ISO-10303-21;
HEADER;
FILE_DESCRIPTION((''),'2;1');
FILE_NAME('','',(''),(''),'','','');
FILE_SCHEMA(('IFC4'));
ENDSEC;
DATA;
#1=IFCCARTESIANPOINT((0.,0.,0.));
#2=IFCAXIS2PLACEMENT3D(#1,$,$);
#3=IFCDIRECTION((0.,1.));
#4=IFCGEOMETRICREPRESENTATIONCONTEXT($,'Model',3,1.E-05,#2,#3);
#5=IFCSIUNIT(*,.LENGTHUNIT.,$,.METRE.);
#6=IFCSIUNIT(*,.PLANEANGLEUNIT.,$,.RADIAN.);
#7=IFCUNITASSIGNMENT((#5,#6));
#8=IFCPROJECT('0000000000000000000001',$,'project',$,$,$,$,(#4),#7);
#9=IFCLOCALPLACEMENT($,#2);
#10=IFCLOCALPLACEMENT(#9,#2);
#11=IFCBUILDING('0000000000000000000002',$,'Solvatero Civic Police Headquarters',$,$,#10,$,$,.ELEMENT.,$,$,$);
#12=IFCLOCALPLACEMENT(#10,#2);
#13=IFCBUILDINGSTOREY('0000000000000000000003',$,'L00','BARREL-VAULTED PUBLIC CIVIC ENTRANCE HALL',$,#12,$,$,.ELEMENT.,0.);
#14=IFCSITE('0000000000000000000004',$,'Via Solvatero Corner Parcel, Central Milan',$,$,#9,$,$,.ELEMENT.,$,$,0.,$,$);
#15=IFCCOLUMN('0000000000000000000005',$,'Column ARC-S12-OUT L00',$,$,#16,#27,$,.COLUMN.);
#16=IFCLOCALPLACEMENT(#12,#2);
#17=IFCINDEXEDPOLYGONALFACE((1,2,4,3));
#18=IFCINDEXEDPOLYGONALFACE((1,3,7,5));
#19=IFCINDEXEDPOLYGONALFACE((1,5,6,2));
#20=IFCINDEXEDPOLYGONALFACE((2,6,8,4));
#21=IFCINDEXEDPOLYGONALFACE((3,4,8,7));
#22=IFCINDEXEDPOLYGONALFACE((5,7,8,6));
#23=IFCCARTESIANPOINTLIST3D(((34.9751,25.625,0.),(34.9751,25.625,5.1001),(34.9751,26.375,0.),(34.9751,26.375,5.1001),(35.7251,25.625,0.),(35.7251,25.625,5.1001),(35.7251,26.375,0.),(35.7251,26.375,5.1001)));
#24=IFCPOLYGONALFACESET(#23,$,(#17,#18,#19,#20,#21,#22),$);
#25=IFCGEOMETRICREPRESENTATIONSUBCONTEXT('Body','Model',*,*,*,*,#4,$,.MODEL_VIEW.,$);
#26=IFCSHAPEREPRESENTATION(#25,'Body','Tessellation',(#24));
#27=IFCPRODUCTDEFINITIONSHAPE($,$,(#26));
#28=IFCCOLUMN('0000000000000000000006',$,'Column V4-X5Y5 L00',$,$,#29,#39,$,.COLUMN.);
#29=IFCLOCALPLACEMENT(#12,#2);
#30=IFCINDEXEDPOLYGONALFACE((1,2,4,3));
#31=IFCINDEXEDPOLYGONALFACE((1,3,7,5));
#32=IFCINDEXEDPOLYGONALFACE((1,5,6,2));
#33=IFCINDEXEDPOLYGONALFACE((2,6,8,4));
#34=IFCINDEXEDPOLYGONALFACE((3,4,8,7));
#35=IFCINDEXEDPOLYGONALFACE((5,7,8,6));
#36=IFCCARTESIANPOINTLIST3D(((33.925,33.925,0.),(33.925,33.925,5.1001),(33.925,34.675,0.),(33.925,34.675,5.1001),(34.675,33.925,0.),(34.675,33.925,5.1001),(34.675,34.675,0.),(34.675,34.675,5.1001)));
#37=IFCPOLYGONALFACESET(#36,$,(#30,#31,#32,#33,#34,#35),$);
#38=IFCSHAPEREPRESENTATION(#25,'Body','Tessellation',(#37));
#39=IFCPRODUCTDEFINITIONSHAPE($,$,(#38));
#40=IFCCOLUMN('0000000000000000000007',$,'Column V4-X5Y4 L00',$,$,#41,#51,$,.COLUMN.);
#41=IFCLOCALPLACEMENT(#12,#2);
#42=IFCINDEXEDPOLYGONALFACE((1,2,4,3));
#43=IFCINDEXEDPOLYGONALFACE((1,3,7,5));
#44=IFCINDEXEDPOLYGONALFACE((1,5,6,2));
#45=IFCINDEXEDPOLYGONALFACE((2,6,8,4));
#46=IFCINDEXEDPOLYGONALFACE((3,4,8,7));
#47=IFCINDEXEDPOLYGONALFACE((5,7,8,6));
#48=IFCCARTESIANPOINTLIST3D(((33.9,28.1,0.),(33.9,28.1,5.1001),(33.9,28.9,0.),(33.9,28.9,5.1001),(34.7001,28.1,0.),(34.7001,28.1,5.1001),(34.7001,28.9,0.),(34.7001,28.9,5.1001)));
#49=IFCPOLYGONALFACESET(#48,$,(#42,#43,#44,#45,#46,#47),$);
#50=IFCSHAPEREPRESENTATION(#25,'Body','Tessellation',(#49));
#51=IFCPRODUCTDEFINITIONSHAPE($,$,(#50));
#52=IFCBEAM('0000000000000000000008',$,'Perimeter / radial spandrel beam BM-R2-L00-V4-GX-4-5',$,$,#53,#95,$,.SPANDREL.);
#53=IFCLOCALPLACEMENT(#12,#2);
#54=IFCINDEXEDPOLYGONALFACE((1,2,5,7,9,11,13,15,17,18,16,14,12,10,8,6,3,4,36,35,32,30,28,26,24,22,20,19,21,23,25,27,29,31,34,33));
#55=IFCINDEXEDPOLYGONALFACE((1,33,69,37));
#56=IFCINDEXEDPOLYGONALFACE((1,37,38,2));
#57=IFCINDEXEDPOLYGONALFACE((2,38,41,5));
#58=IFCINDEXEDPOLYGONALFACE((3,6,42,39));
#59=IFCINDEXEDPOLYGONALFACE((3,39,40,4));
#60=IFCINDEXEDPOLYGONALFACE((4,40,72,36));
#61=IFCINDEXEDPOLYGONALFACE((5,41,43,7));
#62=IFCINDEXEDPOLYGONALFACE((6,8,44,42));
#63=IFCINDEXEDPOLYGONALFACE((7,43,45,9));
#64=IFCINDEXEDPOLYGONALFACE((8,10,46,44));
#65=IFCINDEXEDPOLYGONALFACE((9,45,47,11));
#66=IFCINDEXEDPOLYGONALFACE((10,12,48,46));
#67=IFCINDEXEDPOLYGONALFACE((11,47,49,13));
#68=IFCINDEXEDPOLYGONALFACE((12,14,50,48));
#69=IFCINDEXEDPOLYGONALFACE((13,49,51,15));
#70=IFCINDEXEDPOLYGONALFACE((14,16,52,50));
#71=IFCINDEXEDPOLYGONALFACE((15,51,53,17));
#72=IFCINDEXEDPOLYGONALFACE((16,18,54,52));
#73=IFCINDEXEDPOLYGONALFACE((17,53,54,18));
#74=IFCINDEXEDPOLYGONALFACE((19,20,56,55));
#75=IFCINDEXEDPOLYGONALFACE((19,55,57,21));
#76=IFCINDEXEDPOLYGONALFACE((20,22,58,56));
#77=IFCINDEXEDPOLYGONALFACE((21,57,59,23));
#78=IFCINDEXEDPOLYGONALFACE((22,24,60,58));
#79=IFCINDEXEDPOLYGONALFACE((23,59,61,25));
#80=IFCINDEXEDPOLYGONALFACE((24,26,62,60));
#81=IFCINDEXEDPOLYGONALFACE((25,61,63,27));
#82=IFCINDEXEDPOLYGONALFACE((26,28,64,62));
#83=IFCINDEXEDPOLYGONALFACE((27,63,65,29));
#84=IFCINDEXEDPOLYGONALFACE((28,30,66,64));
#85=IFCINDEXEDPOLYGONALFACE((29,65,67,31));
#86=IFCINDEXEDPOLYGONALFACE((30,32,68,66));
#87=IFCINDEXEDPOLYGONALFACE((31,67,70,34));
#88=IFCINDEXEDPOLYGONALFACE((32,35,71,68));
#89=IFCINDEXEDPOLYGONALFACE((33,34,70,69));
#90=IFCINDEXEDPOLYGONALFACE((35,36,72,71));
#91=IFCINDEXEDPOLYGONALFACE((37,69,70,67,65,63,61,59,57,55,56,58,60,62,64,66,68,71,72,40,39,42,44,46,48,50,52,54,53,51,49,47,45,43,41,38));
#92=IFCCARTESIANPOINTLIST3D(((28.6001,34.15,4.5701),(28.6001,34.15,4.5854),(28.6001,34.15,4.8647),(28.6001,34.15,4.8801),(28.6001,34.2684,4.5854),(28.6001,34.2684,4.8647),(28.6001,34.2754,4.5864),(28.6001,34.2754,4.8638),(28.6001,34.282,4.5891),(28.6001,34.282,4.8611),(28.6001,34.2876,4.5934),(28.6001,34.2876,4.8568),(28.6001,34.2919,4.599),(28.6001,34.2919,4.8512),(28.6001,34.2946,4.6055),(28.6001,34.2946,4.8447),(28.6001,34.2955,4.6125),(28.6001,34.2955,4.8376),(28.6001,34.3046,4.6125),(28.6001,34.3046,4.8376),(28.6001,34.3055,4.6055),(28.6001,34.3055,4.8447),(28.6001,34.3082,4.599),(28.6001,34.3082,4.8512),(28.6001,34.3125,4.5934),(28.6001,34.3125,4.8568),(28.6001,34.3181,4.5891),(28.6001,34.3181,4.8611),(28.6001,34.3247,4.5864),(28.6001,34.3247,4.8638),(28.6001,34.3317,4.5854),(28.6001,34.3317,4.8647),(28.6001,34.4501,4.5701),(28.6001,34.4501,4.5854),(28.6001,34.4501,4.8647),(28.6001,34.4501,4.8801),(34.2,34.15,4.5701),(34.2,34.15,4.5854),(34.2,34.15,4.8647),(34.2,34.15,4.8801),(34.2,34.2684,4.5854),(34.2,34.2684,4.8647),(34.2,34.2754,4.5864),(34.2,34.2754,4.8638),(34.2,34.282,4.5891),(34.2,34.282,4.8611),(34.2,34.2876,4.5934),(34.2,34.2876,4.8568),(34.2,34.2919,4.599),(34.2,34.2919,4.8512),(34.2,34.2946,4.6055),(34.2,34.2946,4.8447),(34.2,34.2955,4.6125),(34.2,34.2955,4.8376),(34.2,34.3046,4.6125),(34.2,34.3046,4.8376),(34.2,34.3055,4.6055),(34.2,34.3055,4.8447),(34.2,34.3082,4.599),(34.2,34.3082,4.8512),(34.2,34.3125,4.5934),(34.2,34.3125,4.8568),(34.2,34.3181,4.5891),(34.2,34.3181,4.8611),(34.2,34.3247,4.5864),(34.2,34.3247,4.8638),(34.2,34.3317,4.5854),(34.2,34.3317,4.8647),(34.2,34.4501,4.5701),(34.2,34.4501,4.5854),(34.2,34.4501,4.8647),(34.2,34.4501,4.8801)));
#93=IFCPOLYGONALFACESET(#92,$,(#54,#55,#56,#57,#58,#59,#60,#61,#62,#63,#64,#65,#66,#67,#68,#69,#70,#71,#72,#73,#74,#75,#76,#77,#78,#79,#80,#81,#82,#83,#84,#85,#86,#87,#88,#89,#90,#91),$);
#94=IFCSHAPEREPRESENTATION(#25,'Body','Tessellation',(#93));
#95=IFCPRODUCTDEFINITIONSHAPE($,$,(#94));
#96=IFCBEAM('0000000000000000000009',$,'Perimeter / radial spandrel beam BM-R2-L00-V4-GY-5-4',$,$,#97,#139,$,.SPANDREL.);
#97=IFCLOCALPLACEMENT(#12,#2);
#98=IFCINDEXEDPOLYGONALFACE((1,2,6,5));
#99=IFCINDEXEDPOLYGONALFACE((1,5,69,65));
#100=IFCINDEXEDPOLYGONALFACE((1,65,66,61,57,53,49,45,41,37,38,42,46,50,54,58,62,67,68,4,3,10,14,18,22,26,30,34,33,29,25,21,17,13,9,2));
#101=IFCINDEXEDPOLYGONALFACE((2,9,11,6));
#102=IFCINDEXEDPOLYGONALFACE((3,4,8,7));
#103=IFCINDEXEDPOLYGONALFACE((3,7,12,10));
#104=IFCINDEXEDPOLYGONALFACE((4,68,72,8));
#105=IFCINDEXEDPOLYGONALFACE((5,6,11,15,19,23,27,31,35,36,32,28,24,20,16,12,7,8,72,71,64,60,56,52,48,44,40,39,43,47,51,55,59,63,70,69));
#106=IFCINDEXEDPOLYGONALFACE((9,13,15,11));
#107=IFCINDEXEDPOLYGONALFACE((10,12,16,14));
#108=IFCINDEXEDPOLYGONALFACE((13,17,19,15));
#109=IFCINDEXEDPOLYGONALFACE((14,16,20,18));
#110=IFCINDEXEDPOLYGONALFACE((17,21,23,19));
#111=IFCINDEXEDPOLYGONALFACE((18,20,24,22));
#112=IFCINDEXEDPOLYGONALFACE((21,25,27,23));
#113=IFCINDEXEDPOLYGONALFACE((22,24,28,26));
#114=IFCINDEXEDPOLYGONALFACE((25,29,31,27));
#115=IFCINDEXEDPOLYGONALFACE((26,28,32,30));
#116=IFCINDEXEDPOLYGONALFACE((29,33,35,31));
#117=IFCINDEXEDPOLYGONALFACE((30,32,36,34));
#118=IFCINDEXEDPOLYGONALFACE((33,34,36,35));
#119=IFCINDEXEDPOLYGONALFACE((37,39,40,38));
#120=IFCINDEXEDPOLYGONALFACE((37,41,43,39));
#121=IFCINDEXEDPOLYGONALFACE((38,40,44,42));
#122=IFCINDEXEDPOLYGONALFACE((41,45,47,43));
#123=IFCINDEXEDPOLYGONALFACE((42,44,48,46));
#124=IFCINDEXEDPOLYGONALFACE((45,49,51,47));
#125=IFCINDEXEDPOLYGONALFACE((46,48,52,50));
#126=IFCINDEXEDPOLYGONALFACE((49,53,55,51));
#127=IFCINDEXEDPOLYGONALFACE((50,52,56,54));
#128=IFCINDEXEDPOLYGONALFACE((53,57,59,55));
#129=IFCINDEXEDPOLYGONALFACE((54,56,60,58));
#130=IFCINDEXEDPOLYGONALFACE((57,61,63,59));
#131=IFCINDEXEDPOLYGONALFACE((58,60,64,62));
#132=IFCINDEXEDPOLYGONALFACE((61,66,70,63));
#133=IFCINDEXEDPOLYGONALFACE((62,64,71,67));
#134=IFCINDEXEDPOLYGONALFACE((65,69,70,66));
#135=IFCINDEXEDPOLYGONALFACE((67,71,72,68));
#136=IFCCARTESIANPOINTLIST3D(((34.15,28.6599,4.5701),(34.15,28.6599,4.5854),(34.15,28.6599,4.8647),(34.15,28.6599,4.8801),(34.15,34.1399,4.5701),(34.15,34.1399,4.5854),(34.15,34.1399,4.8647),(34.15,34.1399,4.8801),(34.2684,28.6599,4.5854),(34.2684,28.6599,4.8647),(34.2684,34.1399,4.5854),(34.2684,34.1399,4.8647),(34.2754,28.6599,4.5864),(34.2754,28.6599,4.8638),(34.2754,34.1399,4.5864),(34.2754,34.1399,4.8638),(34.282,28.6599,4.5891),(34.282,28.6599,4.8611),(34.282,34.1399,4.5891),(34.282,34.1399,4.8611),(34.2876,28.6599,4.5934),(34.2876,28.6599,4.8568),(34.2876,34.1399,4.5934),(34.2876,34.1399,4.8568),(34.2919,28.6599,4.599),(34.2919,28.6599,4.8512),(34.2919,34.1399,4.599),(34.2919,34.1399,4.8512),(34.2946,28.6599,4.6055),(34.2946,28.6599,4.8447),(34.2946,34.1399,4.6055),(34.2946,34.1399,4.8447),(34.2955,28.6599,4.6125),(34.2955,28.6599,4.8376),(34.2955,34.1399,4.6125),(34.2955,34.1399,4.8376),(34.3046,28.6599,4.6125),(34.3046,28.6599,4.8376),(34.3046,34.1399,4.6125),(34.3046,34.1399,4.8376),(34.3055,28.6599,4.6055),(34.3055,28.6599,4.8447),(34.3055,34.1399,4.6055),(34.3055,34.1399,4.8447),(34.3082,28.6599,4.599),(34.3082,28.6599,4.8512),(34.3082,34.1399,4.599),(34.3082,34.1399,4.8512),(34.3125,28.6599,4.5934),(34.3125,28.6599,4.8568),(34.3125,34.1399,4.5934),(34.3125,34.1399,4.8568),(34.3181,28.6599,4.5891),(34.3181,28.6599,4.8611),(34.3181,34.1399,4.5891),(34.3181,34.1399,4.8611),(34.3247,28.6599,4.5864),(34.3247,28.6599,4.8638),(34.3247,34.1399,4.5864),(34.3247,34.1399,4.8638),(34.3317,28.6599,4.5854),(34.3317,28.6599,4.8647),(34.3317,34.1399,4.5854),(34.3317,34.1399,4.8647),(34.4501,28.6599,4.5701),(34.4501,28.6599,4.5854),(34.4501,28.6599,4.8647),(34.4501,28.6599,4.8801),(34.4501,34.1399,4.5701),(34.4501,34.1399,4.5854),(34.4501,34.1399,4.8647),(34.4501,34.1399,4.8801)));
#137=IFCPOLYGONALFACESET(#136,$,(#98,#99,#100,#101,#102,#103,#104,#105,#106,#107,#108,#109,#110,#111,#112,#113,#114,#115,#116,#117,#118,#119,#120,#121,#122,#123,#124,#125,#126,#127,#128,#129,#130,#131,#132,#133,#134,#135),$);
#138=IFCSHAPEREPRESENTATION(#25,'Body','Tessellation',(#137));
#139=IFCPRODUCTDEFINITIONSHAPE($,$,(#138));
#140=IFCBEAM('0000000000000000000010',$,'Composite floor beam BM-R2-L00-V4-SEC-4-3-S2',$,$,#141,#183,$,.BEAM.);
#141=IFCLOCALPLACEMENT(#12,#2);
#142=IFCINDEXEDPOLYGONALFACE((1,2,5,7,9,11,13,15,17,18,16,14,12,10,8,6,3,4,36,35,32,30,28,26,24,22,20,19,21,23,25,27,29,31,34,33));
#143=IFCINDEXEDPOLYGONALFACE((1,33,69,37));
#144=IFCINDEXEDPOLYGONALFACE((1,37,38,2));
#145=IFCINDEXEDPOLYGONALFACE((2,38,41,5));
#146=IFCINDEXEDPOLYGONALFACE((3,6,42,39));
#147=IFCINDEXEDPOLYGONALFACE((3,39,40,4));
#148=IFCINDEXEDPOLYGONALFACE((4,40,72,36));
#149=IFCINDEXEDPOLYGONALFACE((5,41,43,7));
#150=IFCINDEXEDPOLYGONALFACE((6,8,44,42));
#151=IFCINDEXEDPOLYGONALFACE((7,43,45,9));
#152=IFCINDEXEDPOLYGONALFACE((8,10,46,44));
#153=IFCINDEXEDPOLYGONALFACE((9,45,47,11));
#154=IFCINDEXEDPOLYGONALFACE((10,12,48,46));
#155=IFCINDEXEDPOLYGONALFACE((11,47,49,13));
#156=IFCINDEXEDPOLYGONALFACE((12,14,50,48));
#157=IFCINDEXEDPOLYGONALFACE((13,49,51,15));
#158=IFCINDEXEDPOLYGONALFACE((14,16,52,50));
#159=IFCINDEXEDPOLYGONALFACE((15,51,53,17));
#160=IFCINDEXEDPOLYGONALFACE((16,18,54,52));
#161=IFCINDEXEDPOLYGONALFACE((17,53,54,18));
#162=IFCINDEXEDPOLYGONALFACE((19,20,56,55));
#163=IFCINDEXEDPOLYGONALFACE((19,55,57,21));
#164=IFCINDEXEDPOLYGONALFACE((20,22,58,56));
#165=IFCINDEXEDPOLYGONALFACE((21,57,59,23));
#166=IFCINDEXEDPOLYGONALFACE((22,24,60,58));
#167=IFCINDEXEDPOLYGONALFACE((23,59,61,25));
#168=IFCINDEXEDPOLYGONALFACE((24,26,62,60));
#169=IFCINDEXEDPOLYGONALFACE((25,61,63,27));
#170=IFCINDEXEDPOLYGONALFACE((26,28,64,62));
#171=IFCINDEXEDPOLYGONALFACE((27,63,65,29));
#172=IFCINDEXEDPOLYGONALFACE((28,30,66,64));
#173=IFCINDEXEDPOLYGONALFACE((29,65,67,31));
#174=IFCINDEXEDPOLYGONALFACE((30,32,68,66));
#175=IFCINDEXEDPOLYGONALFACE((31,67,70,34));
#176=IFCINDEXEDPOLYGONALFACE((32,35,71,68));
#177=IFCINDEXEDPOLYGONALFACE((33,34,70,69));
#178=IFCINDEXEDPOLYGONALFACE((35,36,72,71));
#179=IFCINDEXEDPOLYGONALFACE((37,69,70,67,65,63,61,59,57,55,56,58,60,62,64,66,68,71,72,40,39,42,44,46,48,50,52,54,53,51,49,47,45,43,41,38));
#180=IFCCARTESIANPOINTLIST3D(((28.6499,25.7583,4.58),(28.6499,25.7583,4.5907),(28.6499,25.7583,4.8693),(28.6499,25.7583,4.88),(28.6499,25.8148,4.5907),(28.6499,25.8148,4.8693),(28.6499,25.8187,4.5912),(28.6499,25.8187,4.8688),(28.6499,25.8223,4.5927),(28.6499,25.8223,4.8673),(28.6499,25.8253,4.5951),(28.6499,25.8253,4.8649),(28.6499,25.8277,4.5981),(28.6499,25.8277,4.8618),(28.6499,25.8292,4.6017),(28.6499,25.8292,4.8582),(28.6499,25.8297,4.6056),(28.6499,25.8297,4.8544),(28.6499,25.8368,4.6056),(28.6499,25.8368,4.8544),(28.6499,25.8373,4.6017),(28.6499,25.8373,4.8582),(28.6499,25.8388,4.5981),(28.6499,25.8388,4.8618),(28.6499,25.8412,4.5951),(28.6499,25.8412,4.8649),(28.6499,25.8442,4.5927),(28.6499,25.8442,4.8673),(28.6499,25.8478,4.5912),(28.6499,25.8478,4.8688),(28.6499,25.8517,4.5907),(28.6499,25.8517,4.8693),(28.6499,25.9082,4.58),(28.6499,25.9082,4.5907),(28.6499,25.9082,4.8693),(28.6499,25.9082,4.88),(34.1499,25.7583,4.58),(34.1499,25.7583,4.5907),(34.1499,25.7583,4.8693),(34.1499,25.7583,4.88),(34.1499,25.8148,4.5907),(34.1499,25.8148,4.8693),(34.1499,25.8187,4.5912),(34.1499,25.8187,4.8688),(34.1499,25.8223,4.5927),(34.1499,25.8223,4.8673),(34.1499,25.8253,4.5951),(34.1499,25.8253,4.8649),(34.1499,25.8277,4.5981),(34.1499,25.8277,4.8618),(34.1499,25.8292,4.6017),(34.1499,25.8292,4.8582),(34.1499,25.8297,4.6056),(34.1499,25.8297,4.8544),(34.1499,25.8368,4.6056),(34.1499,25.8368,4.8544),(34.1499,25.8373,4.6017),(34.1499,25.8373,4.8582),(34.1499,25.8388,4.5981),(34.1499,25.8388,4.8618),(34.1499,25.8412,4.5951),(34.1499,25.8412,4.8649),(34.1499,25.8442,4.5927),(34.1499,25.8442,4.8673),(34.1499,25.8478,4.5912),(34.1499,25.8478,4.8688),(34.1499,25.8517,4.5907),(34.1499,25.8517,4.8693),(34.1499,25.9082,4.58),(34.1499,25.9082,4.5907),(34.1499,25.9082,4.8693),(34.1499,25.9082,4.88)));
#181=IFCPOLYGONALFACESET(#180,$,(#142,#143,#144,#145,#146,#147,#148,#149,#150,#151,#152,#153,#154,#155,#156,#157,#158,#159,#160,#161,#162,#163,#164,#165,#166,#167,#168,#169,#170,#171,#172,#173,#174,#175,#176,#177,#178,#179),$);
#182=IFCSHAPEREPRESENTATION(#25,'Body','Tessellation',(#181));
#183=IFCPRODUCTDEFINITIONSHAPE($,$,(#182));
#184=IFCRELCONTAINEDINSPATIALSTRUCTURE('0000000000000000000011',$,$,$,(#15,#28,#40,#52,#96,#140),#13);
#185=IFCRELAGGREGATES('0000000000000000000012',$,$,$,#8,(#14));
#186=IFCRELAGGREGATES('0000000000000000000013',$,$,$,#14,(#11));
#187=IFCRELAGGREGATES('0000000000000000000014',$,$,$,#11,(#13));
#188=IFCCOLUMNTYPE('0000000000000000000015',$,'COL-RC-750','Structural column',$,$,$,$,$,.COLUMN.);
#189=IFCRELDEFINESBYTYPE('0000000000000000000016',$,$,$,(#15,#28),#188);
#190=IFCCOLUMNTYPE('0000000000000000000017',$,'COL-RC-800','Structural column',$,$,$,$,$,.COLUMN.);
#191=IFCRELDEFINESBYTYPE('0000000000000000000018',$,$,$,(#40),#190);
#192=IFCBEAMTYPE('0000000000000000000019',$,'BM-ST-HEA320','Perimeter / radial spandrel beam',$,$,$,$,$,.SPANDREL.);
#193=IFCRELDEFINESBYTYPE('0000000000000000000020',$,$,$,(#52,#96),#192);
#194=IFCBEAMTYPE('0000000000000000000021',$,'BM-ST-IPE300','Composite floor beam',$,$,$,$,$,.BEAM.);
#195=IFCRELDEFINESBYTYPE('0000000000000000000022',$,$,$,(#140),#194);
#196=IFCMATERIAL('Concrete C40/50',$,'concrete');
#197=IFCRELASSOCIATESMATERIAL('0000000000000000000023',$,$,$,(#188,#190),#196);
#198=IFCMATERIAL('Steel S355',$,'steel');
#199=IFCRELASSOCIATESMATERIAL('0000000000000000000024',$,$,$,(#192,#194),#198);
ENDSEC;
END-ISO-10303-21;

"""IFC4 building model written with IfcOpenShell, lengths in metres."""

from ifc_helpers import new_model, si_unit, direction, frame, origin, origin_2d, place, context, subcontext, project, spatial, rectangle, i_section, extrude, material, material_profile, profile_set, type_object, element, save


model = new_model("IFC4")

# Units and contexts
model_context = context("Model", 3, precision=1e-05, world=origin(), true_north=direction((0.0, 1.0)))
body_context = subcontext(model_context, "Body", "Model", "MODEL_VIEW")
ifc_project = project(units=[si_unit("LENGTHUNIT", "METRE"), si_unit("PLANEANGLEUNIT", "RADIAN")], contexts=[model_context])

# Site, building, storey
site_placement = place(None, origin())
site = spatial("IfcSite", under=ifc_project, at=site_placement, Name="Via Solvatero Corner Parcel, Central Milan", CompositionType="ELEMENT", RefElevation=0.0)
building_placement = place(site_placement, origin())
building = spatial("IfcBuilding", under=site, at=building_placement, Name="Solvatero Civic Police Headquarters", CompositionType="ELEMENT")
storey_placement = place(building_placement, origin())
storey = spatial("IfcBuildingStorey", under=building, at=storey_placement, Name="L00", Description="BARREL-VAULTED PUBLIC CIVIC ENTRANCE HALL", CompositionType="ELEMENT", Elevation=0.0)

# Columns
ifc_material_1 = material(Name="Concrete C40/50", Category="concrete")
ifc_material_profile_1 = material_profile(ifc_material_1, rectangle(XDim=0.75, YDim=0.75, at=origin_2d()), Name="RC 750x750")
ifc_profile_set_1 = profile_set([ifc_material_profile_1], Name="Concrete C40/50")
column_type_1 = type_object("IfcColumnType", Name="COL-RC-750", Description="Structural column", PredefinedType="COLUMN", material=ifc_profile_set_1)
for number, where, z_axis, x_axis, name in (
    (1, (35.3501, 26.0, 0.0), (0.0, 0.0, 1.0), (0.0, 1.0, 0.0), "Column ARC-S12-OUT L00"),
    (2, (34.3, 34.3, 0.0), (0.0, 0.0, 1.0), (1.0, 0.0, 0.0), "Column V4-X5Y5 L00"),
):
    element("IfcColumn", number, at=place(storey_placement, frame(where, z_axis=z_axis, x_axis=x_axis)), inside=storey, type_object=column_type_1, Name=name, PredefinedType="COLUMN", context=body_context, shape_type="SweptSolid", body=[
        extrude(rectangle(XDim=0.75, YDim=0.75, at=origin_2d()), origin(), (0.0, 0.0, 1.0), 5.1001),
    ])
ifc_material_profile_2 = material_profile(ifc_material_1, rectangle(XDim=0.8, YDim=0.8, at=origin_2d()), Name="RC 800x800")
ifc_profile_set_2 = profile_set([ifc_material_profile_2], Name="Concrete C40/50")
column_type_2 = type_object("IfcColumnType", Name="COL-RC-800", Description="Structural column", PredefinedType="COLUMN", material=ifc_profile_set_2)
column_placement = place(storey_placement, frame((34.3, 28.5, 0.0), z_axis=(0.0, 0.0, 1.0), x_axis=(1.0, 0.0, 0.0)))
element("IfcColumn", 3, at=column_placement, inside=storey, type_object=column_type_2, Name="Column V4-X5Y4 L00", PredefinedType="COLUMN", context=body_context, shape_type="SweptSolid", body=[
    extrude(rectangle(XDim=0.8, YDim=0.8, at=origin_2d()), origin(), (0.0, 0.0, 1.0), 5.1001),
])

# Beams
ifc_material_2 = material(Name="Steel S355", Category="steel")
ifc_material_profile_3 = material_profile(ifc_material_2, i_section(OverallWidth=0.3, OverallDepth=0.3101, WebThickness=0.009, FlangeThickness=0.0154, FilletRadius=0.0271, at=origin_2d()), Name="HEA 320")
ifc_profile_set_3 = profile_set([ifc_material_profile_3], Name="Steel S355")
beam_type_1 = type_object("IfcBeamType", Name="BM-ST-HEA320", Description="Perimeter / radial spandrel beam", PredefinedType="SPANDREL", material=ifc_profile_set_3)
beam_1_placement = place(storey_placement, frame((28.6001, 34.3, 4.7251), z_axis=(1.0, 0.0, 0.0), x_axis=(0.0, 1.0, 0.0)))
element("IfcBeam", 4, at=beam_1_placement, inside=storey, type_object=beam_type_1, Name="Perimeter / radial spandrel beam BM-R2-L00-V4-GX-4-5", PredefinedType="SPANDREL", context=body_context, shape_type="SweptSolid", body=[
    extrude(i_section(OverallWidth=0.3, OverallDepth=0.3101, WebThickness=0.009, FlangeThickness=0.0154, FilletRadius=0.0271, at=origin_2d()), origin(), (0.0, 0.0, 1.0), 5.5999),
])
beam_2_placement = place(storey_placement, frame((34.3, 28.6599, 4.7251), z_axis=(0.0, 1.0, 0.0), x_axis=(-1.0, 0.0, 0.0)))
element("IfcBeam", 5, at=beam_2_placement, inside=storey, type_object=beam_type_1, Name="Perimeter / radial spandrel beam BM-R2-L00-V4-GY-5-4", PredefinedType="SPANDREL", context=body_context, shape_type="SweptSolid", body=[
    extrude(i_section(OverallWidth=0.3, OverallDepth=0.3101, WebThickness=0.009, FlangeThickness=0.0154, FilletRadius=0.0271, at=origin_2d()), origin(), (0.0, 0.0, 1.0), 5.48),
])
ifc_material_profile_4 = material_profile(ifc_material_2, i_section(OverallWidth=0.1499, OverallDepth=0.3, WebThickness=0.0071, FlangeThickness=0.0107, FilletRadius=0.0149, at=origin_2d()), Name="IPE 300")
ifc_profile_set_4 = profile_set([ifc_material_profile_4], Name="Steel S355")
beam_type_2 = type_object("IfcBeamType", Name="BM-ST-IPE300", Description="Composite floor beam", PredefinedType="BEAM", material=ifc_profile_set_4)
for number, where, z_axis, x_axis, name in (
    (6, (28.6499, 25.8333, 4.73), (1.0, 0.0, 0.0), (0.0, 1.0, 0.0), "Composite floor beam BM-R2-L00-V4-SEC-4-3-S2"),
):
    element("IfcBeam", number, at=place(storey_placement, frame(where, z_axis=z_axis, x_axis=x_axis)), inside=storey, type_object=beam_type_2, Name=name, PredefinedType="BEAM", context=body_context, shape_type="SweptSolid", body=[
        extrude(i_section(OverallWidth=0.1499, OverallDepth=0.3, WebThickness=0.0071, FlangeThickness=0.0107, FilletRadius=0.0149, at=origin_2d()), origin(), (0.0, 0.0, 1.0), 5.5),
    ])

save(model, "model.ifc")
